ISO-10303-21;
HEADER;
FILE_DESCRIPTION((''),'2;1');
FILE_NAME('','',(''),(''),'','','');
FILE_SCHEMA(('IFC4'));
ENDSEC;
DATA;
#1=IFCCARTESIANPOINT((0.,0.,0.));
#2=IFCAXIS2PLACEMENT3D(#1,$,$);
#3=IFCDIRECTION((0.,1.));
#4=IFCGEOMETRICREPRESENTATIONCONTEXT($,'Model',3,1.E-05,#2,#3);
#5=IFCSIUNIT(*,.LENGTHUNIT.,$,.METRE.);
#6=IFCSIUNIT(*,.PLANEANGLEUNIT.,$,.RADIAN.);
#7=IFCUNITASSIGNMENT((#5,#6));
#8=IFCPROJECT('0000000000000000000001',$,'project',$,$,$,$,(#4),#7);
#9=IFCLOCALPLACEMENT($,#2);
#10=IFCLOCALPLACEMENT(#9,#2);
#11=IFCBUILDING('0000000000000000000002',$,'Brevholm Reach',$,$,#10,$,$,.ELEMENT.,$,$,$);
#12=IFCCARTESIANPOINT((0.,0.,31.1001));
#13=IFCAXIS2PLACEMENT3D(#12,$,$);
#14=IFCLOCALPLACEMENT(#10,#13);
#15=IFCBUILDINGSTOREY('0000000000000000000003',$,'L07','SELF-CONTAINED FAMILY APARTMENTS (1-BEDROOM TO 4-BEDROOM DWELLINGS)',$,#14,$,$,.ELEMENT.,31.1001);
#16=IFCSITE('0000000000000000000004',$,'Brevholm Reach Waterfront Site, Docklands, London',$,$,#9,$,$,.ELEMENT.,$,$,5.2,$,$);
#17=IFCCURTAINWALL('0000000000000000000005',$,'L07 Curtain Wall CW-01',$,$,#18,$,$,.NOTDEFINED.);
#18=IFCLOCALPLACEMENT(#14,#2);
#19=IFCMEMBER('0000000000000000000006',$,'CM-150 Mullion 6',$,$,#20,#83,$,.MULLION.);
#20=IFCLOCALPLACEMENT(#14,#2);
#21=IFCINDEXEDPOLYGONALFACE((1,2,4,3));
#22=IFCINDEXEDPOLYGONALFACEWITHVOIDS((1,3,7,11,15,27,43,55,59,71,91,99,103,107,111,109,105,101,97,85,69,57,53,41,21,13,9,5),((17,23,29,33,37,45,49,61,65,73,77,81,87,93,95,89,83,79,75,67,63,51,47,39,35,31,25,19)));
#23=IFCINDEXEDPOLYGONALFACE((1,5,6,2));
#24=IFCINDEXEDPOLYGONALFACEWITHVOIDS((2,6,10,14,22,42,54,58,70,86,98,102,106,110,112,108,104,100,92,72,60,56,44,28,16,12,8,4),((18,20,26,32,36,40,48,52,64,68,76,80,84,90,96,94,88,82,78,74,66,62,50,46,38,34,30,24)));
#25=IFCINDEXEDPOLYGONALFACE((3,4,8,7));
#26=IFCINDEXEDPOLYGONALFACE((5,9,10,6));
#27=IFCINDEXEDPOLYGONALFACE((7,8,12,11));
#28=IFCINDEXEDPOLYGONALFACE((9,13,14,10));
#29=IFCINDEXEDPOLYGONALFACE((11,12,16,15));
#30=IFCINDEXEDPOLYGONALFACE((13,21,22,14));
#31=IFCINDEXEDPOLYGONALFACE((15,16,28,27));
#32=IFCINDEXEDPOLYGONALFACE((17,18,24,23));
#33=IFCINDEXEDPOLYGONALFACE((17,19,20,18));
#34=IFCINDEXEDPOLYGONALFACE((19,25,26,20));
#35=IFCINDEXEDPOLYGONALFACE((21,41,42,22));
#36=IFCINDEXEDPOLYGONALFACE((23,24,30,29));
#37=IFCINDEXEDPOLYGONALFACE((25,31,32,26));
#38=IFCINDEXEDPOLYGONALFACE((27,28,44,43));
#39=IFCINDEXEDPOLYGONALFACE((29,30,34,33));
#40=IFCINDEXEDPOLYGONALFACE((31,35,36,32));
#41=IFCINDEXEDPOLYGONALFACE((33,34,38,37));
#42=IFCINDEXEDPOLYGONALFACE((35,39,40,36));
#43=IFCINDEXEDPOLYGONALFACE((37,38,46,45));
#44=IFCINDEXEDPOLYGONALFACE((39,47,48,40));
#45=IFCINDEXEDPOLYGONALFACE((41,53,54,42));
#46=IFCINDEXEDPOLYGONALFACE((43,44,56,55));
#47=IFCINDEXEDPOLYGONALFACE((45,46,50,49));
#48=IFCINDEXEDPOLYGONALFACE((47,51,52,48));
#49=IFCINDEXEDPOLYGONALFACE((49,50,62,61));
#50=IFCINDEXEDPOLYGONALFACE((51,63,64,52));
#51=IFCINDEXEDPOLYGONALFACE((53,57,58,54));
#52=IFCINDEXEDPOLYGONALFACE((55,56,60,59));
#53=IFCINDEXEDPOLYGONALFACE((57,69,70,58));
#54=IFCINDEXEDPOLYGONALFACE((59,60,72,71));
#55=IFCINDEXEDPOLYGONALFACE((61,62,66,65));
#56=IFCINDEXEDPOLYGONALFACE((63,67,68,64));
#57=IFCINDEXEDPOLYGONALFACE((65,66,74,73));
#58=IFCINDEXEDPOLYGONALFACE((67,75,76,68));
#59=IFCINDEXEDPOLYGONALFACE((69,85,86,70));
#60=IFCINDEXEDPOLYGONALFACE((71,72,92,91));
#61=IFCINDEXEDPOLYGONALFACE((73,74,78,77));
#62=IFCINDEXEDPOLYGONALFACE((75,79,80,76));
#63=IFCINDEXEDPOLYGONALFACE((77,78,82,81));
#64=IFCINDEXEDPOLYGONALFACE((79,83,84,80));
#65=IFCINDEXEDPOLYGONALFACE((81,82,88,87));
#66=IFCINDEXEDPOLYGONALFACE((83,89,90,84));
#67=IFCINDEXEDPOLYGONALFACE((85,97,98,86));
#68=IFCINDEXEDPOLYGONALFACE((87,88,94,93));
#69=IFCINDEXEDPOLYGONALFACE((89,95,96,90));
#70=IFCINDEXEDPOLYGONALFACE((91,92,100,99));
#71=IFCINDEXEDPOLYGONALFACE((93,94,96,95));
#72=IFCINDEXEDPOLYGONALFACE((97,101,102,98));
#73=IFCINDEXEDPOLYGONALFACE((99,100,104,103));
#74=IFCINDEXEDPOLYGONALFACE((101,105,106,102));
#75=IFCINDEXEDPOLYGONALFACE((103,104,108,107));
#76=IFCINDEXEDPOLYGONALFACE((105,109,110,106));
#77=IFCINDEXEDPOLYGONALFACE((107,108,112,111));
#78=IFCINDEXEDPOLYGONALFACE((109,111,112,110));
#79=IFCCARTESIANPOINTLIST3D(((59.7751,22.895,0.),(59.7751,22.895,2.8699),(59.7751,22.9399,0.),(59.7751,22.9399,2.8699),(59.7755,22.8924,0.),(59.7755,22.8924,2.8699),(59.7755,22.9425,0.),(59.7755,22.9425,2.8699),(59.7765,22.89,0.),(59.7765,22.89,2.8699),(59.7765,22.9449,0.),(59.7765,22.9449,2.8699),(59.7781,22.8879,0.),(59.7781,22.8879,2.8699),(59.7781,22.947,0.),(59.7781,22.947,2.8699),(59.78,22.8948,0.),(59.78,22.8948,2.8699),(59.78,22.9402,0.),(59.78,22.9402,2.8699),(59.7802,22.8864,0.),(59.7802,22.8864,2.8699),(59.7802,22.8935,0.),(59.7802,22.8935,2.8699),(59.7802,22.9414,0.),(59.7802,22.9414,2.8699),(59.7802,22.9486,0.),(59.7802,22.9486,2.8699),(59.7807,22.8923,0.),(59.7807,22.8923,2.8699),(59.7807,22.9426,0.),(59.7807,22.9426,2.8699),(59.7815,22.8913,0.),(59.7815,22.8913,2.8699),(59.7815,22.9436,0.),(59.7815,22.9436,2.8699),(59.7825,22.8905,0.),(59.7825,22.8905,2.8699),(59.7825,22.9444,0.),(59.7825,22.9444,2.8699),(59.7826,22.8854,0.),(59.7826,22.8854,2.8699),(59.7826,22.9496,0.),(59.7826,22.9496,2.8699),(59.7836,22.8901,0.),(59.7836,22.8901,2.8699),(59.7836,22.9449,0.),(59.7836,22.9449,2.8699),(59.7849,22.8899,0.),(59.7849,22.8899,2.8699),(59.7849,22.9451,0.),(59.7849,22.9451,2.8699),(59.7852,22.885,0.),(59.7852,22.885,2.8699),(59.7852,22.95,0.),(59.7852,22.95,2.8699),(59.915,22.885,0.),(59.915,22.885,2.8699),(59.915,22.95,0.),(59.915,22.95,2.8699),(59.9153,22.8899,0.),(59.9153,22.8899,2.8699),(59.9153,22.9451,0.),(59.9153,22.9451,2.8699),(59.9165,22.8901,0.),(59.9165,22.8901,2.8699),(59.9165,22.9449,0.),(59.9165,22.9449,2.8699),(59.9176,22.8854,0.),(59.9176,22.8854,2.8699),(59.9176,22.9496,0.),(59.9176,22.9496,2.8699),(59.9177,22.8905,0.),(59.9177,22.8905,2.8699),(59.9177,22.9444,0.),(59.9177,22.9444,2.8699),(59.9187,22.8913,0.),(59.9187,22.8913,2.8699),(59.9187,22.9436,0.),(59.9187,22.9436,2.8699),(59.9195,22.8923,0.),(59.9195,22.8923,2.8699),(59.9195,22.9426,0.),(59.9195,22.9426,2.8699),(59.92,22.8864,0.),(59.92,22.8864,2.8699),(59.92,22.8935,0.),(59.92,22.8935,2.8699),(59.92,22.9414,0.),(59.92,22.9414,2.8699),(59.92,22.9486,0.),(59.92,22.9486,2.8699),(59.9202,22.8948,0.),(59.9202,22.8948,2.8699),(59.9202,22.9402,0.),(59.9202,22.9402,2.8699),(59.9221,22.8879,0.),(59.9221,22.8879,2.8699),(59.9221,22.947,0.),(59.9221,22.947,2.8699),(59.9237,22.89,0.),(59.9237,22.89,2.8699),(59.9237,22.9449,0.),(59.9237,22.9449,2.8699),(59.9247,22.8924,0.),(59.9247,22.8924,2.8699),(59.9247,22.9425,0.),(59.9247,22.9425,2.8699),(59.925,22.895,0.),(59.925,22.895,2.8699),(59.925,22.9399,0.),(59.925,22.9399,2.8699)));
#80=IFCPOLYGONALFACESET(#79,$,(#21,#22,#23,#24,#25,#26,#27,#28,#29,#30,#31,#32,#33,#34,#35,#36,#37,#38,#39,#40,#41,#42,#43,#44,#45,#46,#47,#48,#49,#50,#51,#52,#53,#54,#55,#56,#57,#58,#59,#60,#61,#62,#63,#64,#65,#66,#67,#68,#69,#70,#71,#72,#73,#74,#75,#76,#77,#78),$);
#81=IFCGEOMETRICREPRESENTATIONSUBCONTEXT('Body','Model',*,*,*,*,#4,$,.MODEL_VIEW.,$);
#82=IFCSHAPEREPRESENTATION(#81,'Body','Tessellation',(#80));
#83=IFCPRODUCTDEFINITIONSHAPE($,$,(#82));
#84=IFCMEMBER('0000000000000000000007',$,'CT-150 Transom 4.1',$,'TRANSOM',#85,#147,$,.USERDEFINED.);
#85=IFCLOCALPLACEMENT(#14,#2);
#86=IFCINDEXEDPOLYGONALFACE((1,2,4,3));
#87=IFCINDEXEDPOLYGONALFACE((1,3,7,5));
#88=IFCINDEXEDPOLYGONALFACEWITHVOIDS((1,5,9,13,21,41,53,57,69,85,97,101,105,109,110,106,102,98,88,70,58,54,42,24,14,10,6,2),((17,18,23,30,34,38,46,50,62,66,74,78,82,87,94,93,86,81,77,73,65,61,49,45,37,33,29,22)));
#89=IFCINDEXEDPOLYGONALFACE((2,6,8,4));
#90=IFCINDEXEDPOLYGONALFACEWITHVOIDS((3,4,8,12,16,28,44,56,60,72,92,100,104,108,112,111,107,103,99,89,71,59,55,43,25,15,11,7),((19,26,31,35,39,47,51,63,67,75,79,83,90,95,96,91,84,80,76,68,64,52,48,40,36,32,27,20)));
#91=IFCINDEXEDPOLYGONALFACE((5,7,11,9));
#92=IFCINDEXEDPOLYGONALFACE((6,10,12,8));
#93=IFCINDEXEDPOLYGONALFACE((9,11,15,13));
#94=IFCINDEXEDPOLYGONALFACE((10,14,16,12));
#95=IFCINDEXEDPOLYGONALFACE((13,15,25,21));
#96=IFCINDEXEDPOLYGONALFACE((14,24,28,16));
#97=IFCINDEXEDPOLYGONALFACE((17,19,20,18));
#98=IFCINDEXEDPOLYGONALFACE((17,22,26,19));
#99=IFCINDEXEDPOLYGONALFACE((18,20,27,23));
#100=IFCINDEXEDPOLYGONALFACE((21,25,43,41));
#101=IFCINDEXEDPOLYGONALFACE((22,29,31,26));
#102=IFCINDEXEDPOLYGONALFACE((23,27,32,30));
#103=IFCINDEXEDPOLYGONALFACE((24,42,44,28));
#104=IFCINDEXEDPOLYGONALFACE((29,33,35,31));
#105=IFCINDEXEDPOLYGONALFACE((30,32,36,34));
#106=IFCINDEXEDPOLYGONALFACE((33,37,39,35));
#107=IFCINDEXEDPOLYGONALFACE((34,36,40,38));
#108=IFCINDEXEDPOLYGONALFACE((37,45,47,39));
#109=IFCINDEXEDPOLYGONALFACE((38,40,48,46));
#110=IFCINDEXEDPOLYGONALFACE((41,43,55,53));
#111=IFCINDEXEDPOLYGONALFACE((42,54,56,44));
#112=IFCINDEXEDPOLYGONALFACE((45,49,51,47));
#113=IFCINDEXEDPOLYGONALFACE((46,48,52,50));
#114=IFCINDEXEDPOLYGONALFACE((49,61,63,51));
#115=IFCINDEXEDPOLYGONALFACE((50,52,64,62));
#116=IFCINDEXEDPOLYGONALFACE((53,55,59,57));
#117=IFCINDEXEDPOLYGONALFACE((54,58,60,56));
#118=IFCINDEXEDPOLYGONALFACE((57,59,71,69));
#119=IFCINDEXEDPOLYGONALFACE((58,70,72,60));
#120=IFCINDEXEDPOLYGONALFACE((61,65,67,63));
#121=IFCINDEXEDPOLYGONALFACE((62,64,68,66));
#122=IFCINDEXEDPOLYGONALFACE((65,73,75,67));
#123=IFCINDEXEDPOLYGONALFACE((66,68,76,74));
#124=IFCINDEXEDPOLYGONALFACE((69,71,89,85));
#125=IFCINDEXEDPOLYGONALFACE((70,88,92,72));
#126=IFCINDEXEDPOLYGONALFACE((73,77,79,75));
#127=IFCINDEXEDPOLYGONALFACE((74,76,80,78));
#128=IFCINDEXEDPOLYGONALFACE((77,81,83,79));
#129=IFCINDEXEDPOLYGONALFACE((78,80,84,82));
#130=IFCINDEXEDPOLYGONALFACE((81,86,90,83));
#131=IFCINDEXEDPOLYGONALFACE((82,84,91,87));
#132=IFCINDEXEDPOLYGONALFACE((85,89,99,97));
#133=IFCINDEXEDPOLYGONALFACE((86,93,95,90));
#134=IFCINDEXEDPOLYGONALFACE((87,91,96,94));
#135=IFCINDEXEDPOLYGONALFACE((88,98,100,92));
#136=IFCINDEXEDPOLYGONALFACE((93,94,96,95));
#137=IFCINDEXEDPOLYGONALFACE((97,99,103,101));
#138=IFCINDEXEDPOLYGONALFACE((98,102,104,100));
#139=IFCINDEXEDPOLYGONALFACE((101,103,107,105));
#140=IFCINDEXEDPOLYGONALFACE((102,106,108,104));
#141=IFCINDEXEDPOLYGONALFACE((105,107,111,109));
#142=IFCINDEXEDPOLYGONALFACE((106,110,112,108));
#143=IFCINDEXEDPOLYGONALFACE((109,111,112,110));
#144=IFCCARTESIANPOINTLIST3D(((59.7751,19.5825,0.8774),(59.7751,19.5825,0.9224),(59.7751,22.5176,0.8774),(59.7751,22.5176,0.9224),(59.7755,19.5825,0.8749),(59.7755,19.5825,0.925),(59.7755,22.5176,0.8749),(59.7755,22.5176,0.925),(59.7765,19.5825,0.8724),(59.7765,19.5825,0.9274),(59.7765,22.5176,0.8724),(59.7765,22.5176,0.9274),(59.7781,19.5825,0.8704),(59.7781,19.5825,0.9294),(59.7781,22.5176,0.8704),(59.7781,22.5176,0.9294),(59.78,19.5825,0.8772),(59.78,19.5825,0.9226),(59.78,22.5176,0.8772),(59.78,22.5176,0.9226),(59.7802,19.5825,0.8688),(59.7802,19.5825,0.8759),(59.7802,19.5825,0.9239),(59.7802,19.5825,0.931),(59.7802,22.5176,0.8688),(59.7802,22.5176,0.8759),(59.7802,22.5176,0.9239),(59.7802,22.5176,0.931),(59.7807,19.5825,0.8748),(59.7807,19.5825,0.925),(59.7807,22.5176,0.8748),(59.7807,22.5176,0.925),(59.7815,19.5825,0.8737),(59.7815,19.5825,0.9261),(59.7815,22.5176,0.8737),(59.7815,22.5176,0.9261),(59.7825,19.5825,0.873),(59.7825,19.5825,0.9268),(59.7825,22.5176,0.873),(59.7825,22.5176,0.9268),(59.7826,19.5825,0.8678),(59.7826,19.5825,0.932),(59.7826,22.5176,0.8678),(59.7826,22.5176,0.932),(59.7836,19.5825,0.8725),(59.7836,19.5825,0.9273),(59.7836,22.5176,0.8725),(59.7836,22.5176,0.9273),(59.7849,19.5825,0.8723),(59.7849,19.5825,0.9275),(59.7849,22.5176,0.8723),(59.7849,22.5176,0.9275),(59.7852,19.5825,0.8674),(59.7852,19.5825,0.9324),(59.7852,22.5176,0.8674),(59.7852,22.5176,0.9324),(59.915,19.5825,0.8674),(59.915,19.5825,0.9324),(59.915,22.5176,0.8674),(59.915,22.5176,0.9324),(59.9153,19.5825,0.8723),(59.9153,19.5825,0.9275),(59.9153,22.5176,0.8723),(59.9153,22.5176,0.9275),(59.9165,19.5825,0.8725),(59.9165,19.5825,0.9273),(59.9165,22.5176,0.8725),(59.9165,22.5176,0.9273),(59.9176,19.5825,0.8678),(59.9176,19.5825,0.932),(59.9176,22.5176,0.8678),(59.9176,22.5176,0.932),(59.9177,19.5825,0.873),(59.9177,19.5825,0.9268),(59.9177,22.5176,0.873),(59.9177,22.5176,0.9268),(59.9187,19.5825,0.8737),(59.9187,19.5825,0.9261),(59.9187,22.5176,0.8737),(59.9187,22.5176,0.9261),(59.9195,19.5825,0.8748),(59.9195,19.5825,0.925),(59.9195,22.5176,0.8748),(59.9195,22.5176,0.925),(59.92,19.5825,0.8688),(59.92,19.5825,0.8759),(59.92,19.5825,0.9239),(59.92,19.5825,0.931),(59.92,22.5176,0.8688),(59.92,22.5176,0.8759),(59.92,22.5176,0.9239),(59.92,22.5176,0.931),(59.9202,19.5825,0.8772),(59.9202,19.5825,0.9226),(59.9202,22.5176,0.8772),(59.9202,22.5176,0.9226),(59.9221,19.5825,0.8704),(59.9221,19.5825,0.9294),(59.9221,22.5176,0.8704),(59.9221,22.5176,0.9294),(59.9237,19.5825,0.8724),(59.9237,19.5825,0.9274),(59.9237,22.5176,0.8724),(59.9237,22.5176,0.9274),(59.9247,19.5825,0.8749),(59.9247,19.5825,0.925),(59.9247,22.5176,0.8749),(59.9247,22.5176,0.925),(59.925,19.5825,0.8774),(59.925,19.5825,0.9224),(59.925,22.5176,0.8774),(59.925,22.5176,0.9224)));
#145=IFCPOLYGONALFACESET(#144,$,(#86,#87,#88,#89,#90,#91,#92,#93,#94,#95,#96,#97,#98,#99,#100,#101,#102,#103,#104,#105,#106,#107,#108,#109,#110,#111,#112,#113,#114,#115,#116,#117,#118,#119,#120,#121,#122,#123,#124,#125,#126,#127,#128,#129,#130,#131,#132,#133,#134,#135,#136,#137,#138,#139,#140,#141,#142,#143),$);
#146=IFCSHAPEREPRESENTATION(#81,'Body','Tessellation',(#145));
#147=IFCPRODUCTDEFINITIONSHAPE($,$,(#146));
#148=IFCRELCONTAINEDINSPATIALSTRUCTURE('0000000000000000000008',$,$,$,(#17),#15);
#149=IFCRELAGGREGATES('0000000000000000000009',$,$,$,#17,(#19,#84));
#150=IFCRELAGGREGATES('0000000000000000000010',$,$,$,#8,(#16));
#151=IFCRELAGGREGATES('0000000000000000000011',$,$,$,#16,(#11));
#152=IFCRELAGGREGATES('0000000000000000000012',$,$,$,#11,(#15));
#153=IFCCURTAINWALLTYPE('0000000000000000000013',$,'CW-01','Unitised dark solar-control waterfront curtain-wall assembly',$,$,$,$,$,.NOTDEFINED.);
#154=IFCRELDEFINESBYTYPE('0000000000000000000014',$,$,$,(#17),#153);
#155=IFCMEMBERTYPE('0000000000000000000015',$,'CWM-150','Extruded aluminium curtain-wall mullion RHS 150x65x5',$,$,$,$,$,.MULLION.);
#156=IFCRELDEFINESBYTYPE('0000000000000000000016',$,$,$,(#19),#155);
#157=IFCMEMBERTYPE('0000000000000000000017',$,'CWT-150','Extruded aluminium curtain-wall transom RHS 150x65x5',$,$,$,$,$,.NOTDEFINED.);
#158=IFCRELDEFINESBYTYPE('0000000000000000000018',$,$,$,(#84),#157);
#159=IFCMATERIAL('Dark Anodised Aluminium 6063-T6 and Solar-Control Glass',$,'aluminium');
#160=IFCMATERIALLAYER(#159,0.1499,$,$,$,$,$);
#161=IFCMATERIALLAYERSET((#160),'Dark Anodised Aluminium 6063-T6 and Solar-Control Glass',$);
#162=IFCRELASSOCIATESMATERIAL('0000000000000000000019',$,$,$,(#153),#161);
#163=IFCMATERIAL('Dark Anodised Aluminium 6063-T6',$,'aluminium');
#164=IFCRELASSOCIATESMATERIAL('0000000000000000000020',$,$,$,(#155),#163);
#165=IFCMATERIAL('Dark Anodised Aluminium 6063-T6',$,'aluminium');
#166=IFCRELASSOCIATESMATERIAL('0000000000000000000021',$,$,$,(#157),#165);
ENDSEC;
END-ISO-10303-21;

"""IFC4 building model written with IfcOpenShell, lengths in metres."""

from ifc_helpers import new_model, si_unit, direction, frame, origin, origin_2d, place, context, subcontext, project, spatial, hollow_rectangle, extrude, material, layer, layer_set, material_profile, profile_set, type_object, element, aggregate, save


model = new_model("IFC4")

# Units and contexts
model_context = context("Model", 3, precision=1e-05, world=origin(), true_north=direction((0.0, 1.0)))
body_context = subcontext(model_context, "Body", "Model", "MODEL_VIEW")
ifc_project = project(units=[si_unit("LENGTHUNIT", "METRE"), si_unit("PLANEANGLEUNIT", "RADIAN")], contexts=[model_context])

# Site, building, storey
site_placement = place(None, origin())
site = spatial("IfcSite", under=ifc_project, at=site_placement, Name="Brevholm Reach Waterfront Site, Docklands, London", CompositionType="ELEMENT", RefElevation=5.2)
building_placement = place(site_placement, origin())
building = spatial("IfcBuilding", under=site, at=building_placement, Name="Brevholm Reach", CompositionType="ELEMENT")
storey_placement = place(building_placement, frame((0.0, 0.0, 31.1001)))
storey = spatial("IfcBuildingStorey", under=building, at=storey_placement, Name="L07", Description="SELF-CONTAINED FAMILY APARTMENTS (1-BEDROOM TO 4-BEDROOM DWELLINGS)", CompositionType="ELEMENT", Elevation=31.1001)

# Curtain wall, members
ifc_material_1 = material(Name="Dark Anodised Aluminium 6063-T6 and Solar-Control Glass", Category="aluminium")
ifc_layer_1 = layer(ifc_material_1, 0.1499)
ifc_layer_set_1 = layer_set([ifc_layer_1], Name="Dark Anodised Aluminium 6063-T6 and Solar-Control Glass")
curtain_wall_type = type_object("IfcCurtainWallType", Name="CW-01", Description="Unitised dark solar-control waterfront curtain-wall assembly", PredefinedType="NOTDEFINED", material=ifc_layer_set_1)
curtain_wall_placement = place(storey_placement, origin())
curtain_wall = element("IfcCurtainWall", 1, at=curtain_wall_placement, inside=storey, type_object=curtain_wall_type, Name="L07 Curtain Wall CW-01", PredefinedType="NOTDEFINED")
ifc_material_2 = material(Name="Dark Anodised Aluminium 6063-T6", Category="aluminium")
ifc_material_profile_1 = material_profile(ifc_material_2, hollow_rectangle(XDim=0.0649, YDim=0.1499, WallThickness=0.0049, InnerFilletRadius=0.0049, OuterFilletRadius=0.01, at=origin_2d()), Name="RHS 150x65x5")
ifc_profile_set_1 = profile_set([ifc_material_profile_1], Name="Dark Anodised Aluminium 6063-T6")
member_type_1 = type_object("IfcMemberType", Name="CWM-150", Description="Extruded aluminium curtain-wall mullion RHS 150x65x5", PredefinedType="MULLION", material=ifc_profile_set_1)
member_1_placement = place(storey_placement, frame((59.8501, 22.9175, 0.0), z_axis=(0.0, 0.0, 1.0), x_axis=(0.0, 1.0, 0.0)))
member_1 = element("IfcMember", 2, at=member_1_placement, type_object=member_type_1, Name="CM-150 Mullion 6", PredefinedType="MULLION", context=body_context, shape_type="SweptSolid", body=[
    extrude(hollow_rectangle(XDim=0.0649, YDim=0.1499, WallThickness=0.0049, InnerFilletRadius=0.0049, OuterFilletRadius=0.01, at=origin_2d()), origin(), (0.0, 0.0, 1.0), 2.8699),
])
ifc_material_3 = material(Name="Dark Anodised Aluminium 6063-T6", Category="aluminium")
ifc_material_profile_2 = material_profile(ifc_material_3, hollow_rectangle(XDim=0.0649, YDim=0.1499, WallThickness=0.0049, InnerFilletRadius=0.0049, OuterFilletRadius=0.01, at=origin_2d()), Name="RHS 150x65x5")
ifc_profile_set_2 = profile_set([ifc_material_profile_2], Name="Dark Anodised Aluminium 6063-T6")
member_type_2 = type_object("IfcMemberType", Name="CWT-150", Description="Extruded aluminium curtain-wall transom RHS 150x65x5", PredefinedType="NOTDEFINED", material=ifc_profile_set_2)
member_2_placement = place(storey_placement, frame((59.8501, 19.5825, 0.8999), z_axis=(0.0, 1.0, 0.0), x_axis=(0.0, 0.0, 1.0)))
member_2 = element("IfcMember", 3, at=member_2_placement, type_object=member_type_2, Name="CT-150 Transom 4.1", ObjectType="TRANSOM", PredefinedType="USERDEFINED", context=body_context, shape_type="SweptSolid", body=[
    extrude(hollow_rectangle(XDim=0.0649, YDim=0.1499, WallThickness=0.0049, InnerFilletRadius=0.0049, OuterFilletRadius=0.01, at=origin_2d()), origin(), (0.0, 0.0, 1.0), 2.9351),
])
aggregate(curtain_wall, [member_1, member_2])

save(model, "model.ifc")
